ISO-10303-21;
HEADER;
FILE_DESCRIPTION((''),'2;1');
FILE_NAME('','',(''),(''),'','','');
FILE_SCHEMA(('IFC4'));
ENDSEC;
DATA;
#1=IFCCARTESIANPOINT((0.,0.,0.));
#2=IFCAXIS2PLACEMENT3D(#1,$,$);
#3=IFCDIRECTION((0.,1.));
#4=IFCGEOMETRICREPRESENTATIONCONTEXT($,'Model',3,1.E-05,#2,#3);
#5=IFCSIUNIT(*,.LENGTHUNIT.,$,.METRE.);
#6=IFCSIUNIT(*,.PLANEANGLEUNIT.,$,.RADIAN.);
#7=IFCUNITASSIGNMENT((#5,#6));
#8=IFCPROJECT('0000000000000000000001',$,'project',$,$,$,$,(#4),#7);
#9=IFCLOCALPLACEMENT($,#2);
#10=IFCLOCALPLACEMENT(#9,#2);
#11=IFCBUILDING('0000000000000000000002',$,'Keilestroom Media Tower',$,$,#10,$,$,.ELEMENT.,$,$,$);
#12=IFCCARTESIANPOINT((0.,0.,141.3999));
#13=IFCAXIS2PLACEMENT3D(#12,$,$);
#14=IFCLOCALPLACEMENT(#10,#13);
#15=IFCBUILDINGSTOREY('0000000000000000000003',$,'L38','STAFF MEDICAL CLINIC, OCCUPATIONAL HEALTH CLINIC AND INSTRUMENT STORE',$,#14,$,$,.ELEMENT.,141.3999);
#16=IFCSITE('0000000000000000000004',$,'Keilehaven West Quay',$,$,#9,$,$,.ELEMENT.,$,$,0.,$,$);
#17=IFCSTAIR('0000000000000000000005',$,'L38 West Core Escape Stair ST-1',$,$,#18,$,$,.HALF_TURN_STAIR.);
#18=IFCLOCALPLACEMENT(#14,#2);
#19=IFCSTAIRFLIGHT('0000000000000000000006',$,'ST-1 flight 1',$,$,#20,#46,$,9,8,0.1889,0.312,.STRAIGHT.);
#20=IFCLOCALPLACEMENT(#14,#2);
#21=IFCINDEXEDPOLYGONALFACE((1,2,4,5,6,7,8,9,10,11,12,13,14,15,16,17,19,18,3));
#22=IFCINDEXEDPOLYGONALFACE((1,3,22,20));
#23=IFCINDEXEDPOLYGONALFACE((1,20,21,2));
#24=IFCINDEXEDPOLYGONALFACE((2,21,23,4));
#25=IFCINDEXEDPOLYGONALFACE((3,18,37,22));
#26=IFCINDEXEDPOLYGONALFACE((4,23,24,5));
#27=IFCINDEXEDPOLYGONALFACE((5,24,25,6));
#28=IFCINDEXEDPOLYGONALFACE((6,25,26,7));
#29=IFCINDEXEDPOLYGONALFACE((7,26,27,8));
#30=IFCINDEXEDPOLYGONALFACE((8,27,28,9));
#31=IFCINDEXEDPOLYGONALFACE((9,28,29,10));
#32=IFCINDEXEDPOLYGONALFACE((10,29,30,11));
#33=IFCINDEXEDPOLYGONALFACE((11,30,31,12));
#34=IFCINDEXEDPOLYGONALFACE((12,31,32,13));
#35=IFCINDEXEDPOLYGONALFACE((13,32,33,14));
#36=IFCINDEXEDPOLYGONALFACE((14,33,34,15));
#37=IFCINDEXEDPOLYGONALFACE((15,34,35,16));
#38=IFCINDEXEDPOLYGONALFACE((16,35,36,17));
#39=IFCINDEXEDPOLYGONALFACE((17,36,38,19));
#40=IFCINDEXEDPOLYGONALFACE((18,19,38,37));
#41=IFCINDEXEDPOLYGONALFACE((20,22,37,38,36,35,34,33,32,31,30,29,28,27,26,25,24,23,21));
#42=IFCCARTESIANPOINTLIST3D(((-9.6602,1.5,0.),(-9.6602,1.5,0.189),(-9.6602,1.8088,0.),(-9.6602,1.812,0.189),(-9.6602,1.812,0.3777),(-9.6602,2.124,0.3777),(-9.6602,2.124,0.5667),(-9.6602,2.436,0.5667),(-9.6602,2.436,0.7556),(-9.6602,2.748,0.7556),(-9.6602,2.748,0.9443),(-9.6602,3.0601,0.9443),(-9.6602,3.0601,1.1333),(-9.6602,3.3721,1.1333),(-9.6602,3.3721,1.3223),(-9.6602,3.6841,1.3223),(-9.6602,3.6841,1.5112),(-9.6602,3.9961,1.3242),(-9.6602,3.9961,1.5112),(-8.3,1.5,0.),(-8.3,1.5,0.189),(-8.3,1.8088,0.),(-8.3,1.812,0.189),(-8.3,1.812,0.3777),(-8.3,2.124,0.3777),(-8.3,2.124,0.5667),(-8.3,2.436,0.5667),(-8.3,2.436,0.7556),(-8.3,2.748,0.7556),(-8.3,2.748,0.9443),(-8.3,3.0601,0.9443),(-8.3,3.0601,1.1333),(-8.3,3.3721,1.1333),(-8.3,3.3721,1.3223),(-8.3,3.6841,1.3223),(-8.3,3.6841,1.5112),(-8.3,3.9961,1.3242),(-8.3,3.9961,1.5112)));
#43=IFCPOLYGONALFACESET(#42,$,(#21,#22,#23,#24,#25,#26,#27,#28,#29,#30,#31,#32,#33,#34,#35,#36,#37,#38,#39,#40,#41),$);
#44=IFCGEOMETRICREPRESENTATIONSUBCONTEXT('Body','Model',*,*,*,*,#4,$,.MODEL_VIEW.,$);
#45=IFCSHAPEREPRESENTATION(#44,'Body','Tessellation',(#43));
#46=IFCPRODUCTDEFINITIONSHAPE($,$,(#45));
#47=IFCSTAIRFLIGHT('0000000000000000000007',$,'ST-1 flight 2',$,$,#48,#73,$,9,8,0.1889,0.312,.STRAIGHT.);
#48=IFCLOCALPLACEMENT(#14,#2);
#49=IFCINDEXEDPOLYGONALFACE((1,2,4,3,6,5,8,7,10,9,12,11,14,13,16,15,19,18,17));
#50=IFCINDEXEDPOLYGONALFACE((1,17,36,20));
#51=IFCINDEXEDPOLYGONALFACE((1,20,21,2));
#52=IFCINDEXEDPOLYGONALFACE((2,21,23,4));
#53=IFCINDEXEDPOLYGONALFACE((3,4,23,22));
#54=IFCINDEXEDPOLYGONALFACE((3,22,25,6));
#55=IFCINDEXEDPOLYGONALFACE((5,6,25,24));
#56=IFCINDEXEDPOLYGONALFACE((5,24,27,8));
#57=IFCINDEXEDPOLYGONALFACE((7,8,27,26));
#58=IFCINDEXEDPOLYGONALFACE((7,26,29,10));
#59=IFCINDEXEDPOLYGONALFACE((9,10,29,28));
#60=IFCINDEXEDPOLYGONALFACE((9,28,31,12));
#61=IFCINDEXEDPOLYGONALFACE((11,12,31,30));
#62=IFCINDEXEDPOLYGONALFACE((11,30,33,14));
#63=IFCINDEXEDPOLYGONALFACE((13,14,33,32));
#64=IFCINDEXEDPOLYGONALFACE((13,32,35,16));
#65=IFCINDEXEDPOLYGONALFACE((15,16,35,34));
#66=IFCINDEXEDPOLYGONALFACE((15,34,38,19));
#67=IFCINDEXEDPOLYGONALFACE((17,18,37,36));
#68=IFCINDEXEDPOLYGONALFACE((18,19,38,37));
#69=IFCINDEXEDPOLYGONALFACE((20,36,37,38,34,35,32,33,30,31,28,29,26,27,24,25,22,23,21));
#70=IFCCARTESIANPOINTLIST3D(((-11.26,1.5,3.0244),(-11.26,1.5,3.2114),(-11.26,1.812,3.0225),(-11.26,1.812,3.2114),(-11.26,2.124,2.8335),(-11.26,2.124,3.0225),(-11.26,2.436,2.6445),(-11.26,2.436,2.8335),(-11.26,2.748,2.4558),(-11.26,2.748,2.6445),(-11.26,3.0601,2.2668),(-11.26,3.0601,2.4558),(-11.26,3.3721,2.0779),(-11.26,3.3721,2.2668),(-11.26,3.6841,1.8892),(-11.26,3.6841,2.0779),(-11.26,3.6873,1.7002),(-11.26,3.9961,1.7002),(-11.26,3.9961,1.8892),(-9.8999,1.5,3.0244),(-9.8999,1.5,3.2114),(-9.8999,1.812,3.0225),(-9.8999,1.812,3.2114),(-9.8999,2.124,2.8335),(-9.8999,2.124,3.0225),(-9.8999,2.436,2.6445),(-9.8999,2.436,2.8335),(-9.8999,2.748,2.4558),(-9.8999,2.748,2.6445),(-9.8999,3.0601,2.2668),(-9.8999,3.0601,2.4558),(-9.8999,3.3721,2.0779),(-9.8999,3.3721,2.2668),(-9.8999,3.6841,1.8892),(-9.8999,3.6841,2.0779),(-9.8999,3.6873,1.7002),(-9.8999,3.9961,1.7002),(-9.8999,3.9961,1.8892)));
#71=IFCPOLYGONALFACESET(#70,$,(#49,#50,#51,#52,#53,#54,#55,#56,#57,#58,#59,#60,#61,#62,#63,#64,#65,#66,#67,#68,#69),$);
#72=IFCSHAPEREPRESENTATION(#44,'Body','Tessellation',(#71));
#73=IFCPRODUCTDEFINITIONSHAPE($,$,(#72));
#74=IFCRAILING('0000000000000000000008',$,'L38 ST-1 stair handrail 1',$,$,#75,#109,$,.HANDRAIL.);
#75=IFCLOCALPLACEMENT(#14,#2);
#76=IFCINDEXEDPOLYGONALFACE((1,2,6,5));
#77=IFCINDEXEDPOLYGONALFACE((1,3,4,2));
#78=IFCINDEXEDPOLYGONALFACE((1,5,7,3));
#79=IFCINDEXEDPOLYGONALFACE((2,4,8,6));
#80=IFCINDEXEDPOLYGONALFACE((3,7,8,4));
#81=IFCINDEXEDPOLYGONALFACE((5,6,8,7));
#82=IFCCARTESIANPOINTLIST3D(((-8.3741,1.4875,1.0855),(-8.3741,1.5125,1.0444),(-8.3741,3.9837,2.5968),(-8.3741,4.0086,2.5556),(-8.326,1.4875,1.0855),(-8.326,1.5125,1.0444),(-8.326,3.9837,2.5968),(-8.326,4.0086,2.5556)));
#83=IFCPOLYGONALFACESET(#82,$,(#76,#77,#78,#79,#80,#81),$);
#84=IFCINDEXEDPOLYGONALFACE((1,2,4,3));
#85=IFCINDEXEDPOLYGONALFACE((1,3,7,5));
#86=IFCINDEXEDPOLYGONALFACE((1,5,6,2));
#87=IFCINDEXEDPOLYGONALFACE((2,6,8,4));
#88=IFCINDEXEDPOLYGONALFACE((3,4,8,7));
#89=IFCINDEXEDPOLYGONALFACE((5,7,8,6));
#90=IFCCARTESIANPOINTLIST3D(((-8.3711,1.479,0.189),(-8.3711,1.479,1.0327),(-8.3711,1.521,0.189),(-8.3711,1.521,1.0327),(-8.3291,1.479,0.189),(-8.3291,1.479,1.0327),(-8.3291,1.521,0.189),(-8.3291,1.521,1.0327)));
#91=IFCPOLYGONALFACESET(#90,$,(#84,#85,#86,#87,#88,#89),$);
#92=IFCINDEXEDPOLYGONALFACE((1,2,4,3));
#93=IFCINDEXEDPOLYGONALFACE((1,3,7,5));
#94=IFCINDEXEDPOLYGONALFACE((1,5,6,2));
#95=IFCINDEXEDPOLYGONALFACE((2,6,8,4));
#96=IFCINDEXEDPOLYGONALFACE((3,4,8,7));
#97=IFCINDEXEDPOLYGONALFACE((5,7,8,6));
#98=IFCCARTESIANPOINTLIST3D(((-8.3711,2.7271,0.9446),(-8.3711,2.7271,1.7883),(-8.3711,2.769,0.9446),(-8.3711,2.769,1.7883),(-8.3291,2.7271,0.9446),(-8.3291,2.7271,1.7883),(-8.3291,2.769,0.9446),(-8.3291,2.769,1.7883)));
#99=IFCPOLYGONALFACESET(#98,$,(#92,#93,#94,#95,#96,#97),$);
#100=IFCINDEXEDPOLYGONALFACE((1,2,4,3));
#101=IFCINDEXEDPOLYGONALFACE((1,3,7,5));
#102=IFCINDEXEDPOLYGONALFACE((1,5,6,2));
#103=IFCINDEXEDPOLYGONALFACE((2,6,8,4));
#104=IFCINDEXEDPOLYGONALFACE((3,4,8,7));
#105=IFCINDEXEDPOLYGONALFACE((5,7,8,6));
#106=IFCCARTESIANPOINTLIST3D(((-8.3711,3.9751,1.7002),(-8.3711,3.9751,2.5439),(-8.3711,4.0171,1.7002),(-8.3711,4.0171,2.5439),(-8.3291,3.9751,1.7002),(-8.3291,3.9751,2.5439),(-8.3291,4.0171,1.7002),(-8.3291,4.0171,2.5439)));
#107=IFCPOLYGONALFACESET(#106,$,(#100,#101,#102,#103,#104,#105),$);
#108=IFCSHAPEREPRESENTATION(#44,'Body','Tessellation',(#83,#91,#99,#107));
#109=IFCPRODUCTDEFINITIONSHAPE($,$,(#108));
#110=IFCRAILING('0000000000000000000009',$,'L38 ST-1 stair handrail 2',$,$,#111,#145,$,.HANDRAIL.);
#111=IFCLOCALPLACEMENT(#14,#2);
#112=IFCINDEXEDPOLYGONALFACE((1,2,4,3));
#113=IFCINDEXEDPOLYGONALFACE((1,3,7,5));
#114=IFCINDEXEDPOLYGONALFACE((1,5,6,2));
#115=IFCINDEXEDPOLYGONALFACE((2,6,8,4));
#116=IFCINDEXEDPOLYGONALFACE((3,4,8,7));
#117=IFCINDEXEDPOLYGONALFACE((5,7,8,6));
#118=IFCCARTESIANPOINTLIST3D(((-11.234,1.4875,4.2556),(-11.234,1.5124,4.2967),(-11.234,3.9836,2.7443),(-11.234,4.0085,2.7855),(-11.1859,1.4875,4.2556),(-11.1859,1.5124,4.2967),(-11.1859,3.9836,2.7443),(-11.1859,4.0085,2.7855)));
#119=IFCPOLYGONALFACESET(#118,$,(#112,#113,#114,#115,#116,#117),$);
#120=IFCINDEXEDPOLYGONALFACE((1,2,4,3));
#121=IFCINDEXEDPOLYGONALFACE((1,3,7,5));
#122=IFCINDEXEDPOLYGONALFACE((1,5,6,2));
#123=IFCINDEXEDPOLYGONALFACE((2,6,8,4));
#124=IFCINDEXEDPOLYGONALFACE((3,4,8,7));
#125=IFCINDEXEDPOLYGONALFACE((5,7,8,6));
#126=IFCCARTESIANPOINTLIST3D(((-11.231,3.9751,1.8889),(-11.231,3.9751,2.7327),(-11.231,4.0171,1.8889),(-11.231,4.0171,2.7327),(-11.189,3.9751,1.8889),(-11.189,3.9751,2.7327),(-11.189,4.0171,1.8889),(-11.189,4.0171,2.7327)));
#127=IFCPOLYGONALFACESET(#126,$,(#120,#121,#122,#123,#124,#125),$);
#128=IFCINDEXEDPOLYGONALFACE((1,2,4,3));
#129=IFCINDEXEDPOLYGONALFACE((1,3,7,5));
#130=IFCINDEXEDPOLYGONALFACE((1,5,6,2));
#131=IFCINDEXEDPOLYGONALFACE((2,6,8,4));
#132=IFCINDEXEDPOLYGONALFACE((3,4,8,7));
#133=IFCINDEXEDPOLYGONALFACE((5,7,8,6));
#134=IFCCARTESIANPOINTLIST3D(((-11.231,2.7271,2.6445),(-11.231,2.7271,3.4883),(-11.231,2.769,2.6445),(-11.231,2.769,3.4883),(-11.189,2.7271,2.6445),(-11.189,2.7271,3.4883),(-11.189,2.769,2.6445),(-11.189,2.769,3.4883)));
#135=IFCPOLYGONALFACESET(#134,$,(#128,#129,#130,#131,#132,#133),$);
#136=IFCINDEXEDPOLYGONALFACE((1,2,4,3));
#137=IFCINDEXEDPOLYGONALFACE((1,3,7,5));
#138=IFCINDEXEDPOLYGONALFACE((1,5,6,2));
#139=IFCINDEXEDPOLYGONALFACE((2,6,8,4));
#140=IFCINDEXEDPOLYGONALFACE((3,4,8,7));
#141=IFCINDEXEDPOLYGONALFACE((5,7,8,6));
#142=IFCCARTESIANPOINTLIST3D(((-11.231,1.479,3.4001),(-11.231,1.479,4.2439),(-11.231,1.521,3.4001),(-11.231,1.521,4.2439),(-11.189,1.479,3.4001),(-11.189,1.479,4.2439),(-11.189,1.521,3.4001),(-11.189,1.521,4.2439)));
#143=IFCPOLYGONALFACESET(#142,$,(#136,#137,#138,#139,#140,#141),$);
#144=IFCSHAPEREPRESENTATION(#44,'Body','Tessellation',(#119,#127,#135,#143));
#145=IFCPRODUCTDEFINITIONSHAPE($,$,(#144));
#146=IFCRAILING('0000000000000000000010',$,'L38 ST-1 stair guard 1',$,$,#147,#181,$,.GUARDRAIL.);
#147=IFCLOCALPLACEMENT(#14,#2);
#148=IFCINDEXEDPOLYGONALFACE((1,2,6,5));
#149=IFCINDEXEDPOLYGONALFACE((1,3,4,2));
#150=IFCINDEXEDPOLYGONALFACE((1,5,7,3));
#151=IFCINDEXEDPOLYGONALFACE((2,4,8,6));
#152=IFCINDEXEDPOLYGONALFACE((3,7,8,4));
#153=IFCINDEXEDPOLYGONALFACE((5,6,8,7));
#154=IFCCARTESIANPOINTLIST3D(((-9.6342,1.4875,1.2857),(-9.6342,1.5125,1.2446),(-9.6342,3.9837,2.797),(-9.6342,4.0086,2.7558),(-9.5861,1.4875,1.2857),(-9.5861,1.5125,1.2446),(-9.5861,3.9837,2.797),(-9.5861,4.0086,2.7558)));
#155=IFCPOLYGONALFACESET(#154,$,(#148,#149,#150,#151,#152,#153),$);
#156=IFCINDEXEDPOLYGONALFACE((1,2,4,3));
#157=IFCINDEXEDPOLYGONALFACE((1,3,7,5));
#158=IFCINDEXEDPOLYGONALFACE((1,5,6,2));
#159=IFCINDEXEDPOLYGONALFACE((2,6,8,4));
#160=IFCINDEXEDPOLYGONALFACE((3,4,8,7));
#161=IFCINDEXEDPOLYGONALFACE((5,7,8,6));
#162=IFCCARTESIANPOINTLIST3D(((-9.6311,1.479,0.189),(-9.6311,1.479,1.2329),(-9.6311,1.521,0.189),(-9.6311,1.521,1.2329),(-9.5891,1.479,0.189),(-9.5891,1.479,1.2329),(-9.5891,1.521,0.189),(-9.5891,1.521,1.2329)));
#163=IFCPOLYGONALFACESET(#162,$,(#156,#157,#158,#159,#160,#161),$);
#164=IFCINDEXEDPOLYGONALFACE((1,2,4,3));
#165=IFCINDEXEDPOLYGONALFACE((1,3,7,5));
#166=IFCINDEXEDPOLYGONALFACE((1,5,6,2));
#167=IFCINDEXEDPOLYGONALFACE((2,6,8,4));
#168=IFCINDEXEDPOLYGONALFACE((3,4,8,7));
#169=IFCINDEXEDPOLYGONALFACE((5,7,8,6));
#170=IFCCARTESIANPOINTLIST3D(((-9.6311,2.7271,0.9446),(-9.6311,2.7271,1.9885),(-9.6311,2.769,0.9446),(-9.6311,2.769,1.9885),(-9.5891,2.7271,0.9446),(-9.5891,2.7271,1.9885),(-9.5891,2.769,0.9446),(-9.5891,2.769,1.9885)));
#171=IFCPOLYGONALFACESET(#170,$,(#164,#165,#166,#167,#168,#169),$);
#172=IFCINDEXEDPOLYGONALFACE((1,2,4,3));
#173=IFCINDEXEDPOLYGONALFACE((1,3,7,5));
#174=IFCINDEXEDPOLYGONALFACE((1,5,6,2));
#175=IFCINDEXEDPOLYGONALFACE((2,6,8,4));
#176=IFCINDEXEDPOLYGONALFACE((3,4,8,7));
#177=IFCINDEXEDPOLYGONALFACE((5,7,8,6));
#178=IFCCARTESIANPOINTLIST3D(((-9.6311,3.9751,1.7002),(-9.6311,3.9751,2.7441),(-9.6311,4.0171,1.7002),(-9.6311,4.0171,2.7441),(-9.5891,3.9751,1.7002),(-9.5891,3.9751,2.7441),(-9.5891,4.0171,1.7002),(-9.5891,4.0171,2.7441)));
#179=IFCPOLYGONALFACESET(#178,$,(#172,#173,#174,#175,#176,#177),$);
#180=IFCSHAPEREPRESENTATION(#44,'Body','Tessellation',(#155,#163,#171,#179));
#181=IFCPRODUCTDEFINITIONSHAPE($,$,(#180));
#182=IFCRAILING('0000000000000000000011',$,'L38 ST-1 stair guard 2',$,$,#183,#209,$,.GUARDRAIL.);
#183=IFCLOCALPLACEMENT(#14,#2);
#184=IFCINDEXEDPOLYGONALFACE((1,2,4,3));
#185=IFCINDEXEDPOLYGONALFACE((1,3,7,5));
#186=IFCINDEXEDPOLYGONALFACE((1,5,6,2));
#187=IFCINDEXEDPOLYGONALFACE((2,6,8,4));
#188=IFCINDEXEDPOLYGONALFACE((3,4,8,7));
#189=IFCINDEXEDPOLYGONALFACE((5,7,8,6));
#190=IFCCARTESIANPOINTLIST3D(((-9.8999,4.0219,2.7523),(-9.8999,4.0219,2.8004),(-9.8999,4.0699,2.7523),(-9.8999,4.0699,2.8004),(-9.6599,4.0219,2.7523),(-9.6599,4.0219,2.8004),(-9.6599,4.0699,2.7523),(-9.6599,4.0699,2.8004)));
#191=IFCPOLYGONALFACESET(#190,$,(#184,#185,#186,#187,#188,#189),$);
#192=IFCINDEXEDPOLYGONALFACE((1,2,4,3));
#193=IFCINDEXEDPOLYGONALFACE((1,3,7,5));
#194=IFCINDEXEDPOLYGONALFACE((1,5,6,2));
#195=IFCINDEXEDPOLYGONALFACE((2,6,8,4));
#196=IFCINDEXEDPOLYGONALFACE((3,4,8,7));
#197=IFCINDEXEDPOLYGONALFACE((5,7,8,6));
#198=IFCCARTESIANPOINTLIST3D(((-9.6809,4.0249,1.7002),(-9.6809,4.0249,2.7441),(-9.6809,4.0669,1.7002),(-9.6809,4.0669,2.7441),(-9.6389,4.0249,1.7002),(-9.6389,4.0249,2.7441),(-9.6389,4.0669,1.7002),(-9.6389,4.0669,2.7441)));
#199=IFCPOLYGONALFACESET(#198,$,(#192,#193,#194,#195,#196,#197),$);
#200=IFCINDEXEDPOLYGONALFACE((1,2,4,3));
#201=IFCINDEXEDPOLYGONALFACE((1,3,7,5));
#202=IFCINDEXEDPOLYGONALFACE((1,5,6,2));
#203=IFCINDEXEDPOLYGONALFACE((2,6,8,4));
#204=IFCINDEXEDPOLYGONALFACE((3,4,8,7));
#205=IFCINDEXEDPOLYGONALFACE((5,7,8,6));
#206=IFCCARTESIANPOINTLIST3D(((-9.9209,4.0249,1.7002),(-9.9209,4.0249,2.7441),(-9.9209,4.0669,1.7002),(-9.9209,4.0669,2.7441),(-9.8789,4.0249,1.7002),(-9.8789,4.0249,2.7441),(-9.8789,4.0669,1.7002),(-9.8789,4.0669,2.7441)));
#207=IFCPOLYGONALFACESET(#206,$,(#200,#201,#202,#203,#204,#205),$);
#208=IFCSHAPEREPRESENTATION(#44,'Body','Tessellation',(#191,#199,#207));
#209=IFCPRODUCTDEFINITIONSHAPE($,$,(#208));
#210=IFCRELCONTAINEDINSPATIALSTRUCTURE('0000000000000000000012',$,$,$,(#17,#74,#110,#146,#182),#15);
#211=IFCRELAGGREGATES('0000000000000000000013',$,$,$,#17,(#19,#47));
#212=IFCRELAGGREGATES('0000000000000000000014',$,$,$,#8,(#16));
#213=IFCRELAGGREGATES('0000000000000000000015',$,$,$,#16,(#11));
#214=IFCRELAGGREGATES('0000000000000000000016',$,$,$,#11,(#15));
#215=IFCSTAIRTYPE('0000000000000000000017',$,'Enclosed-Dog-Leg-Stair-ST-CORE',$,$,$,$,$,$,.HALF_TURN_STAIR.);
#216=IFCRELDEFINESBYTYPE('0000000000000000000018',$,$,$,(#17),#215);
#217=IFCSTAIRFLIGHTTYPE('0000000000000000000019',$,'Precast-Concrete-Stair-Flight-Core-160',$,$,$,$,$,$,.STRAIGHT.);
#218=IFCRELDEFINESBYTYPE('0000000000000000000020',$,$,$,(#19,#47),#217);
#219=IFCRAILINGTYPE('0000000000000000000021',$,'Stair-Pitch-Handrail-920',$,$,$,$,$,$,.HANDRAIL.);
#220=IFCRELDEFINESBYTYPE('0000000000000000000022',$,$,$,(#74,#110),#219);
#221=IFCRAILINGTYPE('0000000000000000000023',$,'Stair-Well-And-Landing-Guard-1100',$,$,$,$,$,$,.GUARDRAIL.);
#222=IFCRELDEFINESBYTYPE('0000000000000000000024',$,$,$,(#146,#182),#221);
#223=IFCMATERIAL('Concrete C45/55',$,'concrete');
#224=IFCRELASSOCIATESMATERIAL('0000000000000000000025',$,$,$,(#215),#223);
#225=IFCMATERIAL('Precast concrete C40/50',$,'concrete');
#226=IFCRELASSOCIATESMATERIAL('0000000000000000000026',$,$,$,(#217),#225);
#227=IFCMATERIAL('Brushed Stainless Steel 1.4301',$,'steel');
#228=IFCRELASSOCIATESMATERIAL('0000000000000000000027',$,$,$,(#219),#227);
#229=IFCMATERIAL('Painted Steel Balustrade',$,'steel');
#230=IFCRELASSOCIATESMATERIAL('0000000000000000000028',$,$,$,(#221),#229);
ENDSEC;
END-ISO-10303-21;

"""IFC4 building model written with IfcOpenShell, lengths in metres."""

from ifc_helpers import new_model, si_unit, direction, frame, origin, origin_2d, place, context, subcontext, project, spatial, polyline, rectangle, outline, extrude, material, type_object, element, aggregate, save


model = new_model("IFC4")

# Units and contexts
model_context = context("Model", 3, precision=1e-05, world=origin(), true_north=direction((0.0, 1.0)))
body_context = subcontext(model_context, "Body", "Model", "MODEL_VIEW")
ifc_project = project(units=[si_unit("LENGTHUNIT", "METRE"), si_unit("PLANEANGLEUNIT", "RADIAN")], contexts=[model_context])

# Site, building, storey
site_placement = place(None, origin())
site = spatial("IfcSite", under=ifc_project, at=site_placement, Name="Keilehaven West Quay", CompositionType="ELEMENT", RefElevation=0.0)
building_placement = place(site_placement, origin())
building = spatial("IfcBuilding", under=site, at=building_placement, Name="Keilestroom Media Tower", CompositionType="ELEMENT")
storey_placement = place(building_placement, frame((0.0, 0.0, 141.3999)))
storey = spatial("IfcBuildingStorey", under=building, at=storey_placement, Name="L38", Description="STAFF MEDICAL CLINIC, OCCUPATIONAL HEALTH CLINIC AND INSTRUMENT STORE", CompositionType="ELEMENT", Elevation=141.3999)

# Shared definitions
ifc_material_1 = material(Name="Concrete C45/55", Category="concrete")

# Stair
stair_type = type_object("IfcStairType", Name="Enclosed-Dog-Leg-Stair-ST-CORE", PredefinedType="HALF_TURN_STAIR", material=ifc_material_1)
stair_1_placement = place(storey_placement, origin())
stair_1 = element("IfcStair", 1, at=stair_1_placement, inside=storey, type_object=stair_type, Name="L38 West Core Escape Stair ST-1", PredefinedType="HALF_TURN_STAIR")

# Shared definitions
ifc_material_2 = material(Name="Precast concrete C40/50", Category="concrete")

# Stair flights
stair_flight_type = type_object("IfcStairFlightType", Name="Precast-Concrete-Stair-Flight-Core-160", PredefinedType="STRAIGHT", material=ifc_material_2)
stair_flight_1_placement = place(storey_placement, frame((-8.98, 1.5, 0.0), z_axis=(0.0, 0.0, 1.0), x_axis=(0.0, 1.0, 0.0)))
stair_flight_1 = element("IfcStairFlight", 2, at=stair_flight_1_placement, type_object=stair_flight_type, Name="ST-1 flight 1", NumberOfRisers=9, NumberOfTreads=8, PredefinedType="STRAIGHT", RiserHeight=0.1889, TreadLength=0.312, context=body_context, shape_type="SweptSolid", body=[
    extrude(outline(polyline([(0.0, 0.0), (0.0, 0.189), (0.312, 0.189), (0.312, 0.3777), (0.624, 0.3777), (0.624, 0.5667), (0.936, 0.5667), (0.936, 0.7556), (1.248, 0.7556), (1.248, 0.9443), (1.5601, 0.9443), (1.5601, 1.1333), (1.8721, 1.1333), (1.8721, 1.3223), (2.1841, 1.3223), (2.1841, 1.5112), (2.4961, 1.5112), (2.4961, 1.7), (2.4961, 1.3242), (0.3088, 0.0), (0.0, 0.0)])), frame((0.0, 0.6802, 0.0), z_axis=(0.0, -1.0, 0.0), x_axis=(1.0, 0.0, 0.0)), (0.0, 0.0, 1.0), 1.3601),
])
stair_flight_2_placement = place(storey_placement, frame((-10.5801, 3.9961, 1.7002), z_axis=(0.0, 0.0, 1.0), x_axis=(0.0, -1.0, 0.0)))
stair_flight_2 = element("IfcStairFlight", 3, at=stair_flight_2_placement, type_object=stair_flight_type, Name="ST-1 flight 2", NumberOfRisers=9, NumberOfTreads=8, PredefinedType="STRAIGHT", RiserHeight=0.1889, TreadLength=0.312, context=body_context, shape_type="SweptSolid", body=[
    extrude(outline(polyline([(0.0, 0.0), (0.0, 0.189), (0.312, 0.189), (0.312, 0.3777), (0.624, 0.3777), (0.624, 0.5667), (0.936, 0.5667), (0.936, 0.7556), (1.248, 0.7556), (1.248, 0.9443), (1.5601, 0.9443), (1.5601, 1.1333), (1.8721, 1.1333), (1.8721, 1.3223), (2.1841, 1.3223), (2.1841, 1.5112), (2.4961, 1.5112), (2.4961, 1.7), (2.4961, 1.3242), (0.3088, 0.0), (0.0, 0.0)])), frame((0.0, 0.6802, 0.0), z_axis=(0.0, -1.0, 0.0), x_axis=(1.0, 0.0, 0.0)), (0.0, 0.0, 1.0), 1.3601),
])
aggregate(stair_1, [stair_flight_1, stair_flight_2])

# Railings
ifc_material_3 = material(Name="Brushed Stainless Steel 1.4301", Category="steel")
railing_type_1 = type_object("IfcRailingType", Name="Stair-Pitch-Handrail-920", PredefinedType="HANDRAIL", material=ifc_material_3)
railing_1_placement = place(storey_placement, frame((-8.3501, 1.5, 0.189)))
element("IfcRailing", 4, at=railing_1_placement, inside=storey, type_object=railing_type_1, Name="L38 ST-1 stair handrail 1", PredefinedType="HANDRAIL", context=body_context, shape_type="SweptSolid", body=[
    extrude(rectangle(XDim=0.0481, YDim=0.0481, at=origin_2d()), frame((0.0, 0.0, 0.876), z_axis=(0.0, 0.855434, 0.517912), x_axis=(-1.0, 0.0, 0.0)), (0.0, 0.0, 1.0), 2.918),
    extrude(rectangle(XDim=0.042, YDim=0.042, at=origin_2d()), origin(), (0.0, 0.0, 1.0), 0.8438),
    extrude(rectangle(XDim=0.042, YDim=0.042, at=origin_2d()), frame((0.0, 1.248, 0.7556)), (0.0, 0.0, 1.0), 0.8438),
    extrude(rectangle(XDim=0.042, YDim=0.042, at=origin_2d()), frame((0.0, 2.4961, 1.5112)), (0.0, 0.0, 1.0), 0.8438),
])
railing_2_placement = place(storey_placement, frame((-11.21, 3.9961, 1.8889)))
element("IfcRailing", 5, at=railing_2_placement, inside=storey, type_object=railing_type_1, Name="L38 ST-1 stair handrail 2", PredefinedType="HANDRAIL", context=body_context, shape_type="SweptSolid", body=[
    extrude(rectangle(XDim=0.0481, YDim=0.0481, at=origin_2d()), frame((0.0, 0.0, 0.876), z_axis=(0.0, -0.855434, 0.517912), x_axis=(1.0, 0.0, 0.0)), (0.0, 0.0, 1.0), 2.918),
    extrude(rectangle(XDim=0.042, YDim=0.042, at=origin_2d()), origin(), (0.0, 0.0, 1.0), 0.8438),
    extrude(rectangle(XDim=0.042, YDim=0.042, at=origin_2d()), frame((0.0, -1.248, 0.7556)), (0.0, 0.0, 1.0), 0.8438),
    extrude(rectangle(XDim=0.042, YDim=0.042, at=origin_2d()), frame((0.0, -2.4961, 1.5112)), (0.0, 0.0, 1.0), 0.8438),
])
ifc_material_4 = material(Name="Painted Steel Balustrade", Category="steel")
railing_type_2 = type_object("IfcRailingType", Name="Stair-Well-And-Landing-Guard-1100", PredefinedType="GUARDRAIL", material=ifc_material_4)
railing_3_placement = place(storey_placement, frame((-9.6101, 1.5, 0.189)))
element("IfcRailing", 6, at=railing_3_placement, inside=storey, type_object=railing_type_2, Name="L38 ST-1 stair guard 1", PredefinedType="GUARDRAIL", context=body_context, shape_type="SweptSolid", body=[
    extrude(rectangle(XDim=0.0481, YDim=0.0481, at=origin_2d()), frame((0.0, 0.0, 1.0762), z_axis=(0.0, 0.855434, 0.517912), x_axis=(-1.0, 0.0, 0.0)), (0.0, 0.0, 1.0), 2.918),
    extrude(rectangle(XDim=0.042, YDim=0.042, at=origin_2d()), origin(), (0.0, 0.0, 1.0), 1.0439),
    extrude(rectangle(XDim=0.042, YDim=0.042, at=origin_2d()), frame((0.0, 1.248, 0.7556)), (0.0, 0.0, 1.0), 1.0439),
    extrude(rectangle(XDim=0.042, YDim=0.042, at=origin_2d()), frame((0.0, 2.4961, 1.5112)), (0.0, 0.0, 1.0), 1.0439),
])
railing_4_placement = place(storey_placement, frame((-9.6599, 4.0459, 1.7002)))
element("IfcRailing", 7, at=railing_4_placement, inside=storey, type_object=railing_type_2, Name="L38 ST-1 stair guard 2", PredefinedType="GUARDRAIL", context=body_context, shape_type="SweptSolid", body=[
    extrude(rectangle(XDim=0.0481, YDim=0.0481, at=origin_2d()), frame((0.0, 0.0, 1.0762), z_axis=(-1.0, 0.0, 0.0), x_axis=(0.0, -1.0, 0.0)), (0.0, 0.0, 1.0), 0.24),
    extrude(rectangle(XDim=0.042, YDim=0.042, at=origin_2d()), origin(), (0.0, 0.0, 1.0), 1.0439),
    extrude(rectangle(XDim=0.042, YDim=0.042, at=origin_2d()), frame((-0.24, 0.0, 0.0)), (0.0, 0.0, 1.0), 1.0439),
])

save(model, "model.ifc")
